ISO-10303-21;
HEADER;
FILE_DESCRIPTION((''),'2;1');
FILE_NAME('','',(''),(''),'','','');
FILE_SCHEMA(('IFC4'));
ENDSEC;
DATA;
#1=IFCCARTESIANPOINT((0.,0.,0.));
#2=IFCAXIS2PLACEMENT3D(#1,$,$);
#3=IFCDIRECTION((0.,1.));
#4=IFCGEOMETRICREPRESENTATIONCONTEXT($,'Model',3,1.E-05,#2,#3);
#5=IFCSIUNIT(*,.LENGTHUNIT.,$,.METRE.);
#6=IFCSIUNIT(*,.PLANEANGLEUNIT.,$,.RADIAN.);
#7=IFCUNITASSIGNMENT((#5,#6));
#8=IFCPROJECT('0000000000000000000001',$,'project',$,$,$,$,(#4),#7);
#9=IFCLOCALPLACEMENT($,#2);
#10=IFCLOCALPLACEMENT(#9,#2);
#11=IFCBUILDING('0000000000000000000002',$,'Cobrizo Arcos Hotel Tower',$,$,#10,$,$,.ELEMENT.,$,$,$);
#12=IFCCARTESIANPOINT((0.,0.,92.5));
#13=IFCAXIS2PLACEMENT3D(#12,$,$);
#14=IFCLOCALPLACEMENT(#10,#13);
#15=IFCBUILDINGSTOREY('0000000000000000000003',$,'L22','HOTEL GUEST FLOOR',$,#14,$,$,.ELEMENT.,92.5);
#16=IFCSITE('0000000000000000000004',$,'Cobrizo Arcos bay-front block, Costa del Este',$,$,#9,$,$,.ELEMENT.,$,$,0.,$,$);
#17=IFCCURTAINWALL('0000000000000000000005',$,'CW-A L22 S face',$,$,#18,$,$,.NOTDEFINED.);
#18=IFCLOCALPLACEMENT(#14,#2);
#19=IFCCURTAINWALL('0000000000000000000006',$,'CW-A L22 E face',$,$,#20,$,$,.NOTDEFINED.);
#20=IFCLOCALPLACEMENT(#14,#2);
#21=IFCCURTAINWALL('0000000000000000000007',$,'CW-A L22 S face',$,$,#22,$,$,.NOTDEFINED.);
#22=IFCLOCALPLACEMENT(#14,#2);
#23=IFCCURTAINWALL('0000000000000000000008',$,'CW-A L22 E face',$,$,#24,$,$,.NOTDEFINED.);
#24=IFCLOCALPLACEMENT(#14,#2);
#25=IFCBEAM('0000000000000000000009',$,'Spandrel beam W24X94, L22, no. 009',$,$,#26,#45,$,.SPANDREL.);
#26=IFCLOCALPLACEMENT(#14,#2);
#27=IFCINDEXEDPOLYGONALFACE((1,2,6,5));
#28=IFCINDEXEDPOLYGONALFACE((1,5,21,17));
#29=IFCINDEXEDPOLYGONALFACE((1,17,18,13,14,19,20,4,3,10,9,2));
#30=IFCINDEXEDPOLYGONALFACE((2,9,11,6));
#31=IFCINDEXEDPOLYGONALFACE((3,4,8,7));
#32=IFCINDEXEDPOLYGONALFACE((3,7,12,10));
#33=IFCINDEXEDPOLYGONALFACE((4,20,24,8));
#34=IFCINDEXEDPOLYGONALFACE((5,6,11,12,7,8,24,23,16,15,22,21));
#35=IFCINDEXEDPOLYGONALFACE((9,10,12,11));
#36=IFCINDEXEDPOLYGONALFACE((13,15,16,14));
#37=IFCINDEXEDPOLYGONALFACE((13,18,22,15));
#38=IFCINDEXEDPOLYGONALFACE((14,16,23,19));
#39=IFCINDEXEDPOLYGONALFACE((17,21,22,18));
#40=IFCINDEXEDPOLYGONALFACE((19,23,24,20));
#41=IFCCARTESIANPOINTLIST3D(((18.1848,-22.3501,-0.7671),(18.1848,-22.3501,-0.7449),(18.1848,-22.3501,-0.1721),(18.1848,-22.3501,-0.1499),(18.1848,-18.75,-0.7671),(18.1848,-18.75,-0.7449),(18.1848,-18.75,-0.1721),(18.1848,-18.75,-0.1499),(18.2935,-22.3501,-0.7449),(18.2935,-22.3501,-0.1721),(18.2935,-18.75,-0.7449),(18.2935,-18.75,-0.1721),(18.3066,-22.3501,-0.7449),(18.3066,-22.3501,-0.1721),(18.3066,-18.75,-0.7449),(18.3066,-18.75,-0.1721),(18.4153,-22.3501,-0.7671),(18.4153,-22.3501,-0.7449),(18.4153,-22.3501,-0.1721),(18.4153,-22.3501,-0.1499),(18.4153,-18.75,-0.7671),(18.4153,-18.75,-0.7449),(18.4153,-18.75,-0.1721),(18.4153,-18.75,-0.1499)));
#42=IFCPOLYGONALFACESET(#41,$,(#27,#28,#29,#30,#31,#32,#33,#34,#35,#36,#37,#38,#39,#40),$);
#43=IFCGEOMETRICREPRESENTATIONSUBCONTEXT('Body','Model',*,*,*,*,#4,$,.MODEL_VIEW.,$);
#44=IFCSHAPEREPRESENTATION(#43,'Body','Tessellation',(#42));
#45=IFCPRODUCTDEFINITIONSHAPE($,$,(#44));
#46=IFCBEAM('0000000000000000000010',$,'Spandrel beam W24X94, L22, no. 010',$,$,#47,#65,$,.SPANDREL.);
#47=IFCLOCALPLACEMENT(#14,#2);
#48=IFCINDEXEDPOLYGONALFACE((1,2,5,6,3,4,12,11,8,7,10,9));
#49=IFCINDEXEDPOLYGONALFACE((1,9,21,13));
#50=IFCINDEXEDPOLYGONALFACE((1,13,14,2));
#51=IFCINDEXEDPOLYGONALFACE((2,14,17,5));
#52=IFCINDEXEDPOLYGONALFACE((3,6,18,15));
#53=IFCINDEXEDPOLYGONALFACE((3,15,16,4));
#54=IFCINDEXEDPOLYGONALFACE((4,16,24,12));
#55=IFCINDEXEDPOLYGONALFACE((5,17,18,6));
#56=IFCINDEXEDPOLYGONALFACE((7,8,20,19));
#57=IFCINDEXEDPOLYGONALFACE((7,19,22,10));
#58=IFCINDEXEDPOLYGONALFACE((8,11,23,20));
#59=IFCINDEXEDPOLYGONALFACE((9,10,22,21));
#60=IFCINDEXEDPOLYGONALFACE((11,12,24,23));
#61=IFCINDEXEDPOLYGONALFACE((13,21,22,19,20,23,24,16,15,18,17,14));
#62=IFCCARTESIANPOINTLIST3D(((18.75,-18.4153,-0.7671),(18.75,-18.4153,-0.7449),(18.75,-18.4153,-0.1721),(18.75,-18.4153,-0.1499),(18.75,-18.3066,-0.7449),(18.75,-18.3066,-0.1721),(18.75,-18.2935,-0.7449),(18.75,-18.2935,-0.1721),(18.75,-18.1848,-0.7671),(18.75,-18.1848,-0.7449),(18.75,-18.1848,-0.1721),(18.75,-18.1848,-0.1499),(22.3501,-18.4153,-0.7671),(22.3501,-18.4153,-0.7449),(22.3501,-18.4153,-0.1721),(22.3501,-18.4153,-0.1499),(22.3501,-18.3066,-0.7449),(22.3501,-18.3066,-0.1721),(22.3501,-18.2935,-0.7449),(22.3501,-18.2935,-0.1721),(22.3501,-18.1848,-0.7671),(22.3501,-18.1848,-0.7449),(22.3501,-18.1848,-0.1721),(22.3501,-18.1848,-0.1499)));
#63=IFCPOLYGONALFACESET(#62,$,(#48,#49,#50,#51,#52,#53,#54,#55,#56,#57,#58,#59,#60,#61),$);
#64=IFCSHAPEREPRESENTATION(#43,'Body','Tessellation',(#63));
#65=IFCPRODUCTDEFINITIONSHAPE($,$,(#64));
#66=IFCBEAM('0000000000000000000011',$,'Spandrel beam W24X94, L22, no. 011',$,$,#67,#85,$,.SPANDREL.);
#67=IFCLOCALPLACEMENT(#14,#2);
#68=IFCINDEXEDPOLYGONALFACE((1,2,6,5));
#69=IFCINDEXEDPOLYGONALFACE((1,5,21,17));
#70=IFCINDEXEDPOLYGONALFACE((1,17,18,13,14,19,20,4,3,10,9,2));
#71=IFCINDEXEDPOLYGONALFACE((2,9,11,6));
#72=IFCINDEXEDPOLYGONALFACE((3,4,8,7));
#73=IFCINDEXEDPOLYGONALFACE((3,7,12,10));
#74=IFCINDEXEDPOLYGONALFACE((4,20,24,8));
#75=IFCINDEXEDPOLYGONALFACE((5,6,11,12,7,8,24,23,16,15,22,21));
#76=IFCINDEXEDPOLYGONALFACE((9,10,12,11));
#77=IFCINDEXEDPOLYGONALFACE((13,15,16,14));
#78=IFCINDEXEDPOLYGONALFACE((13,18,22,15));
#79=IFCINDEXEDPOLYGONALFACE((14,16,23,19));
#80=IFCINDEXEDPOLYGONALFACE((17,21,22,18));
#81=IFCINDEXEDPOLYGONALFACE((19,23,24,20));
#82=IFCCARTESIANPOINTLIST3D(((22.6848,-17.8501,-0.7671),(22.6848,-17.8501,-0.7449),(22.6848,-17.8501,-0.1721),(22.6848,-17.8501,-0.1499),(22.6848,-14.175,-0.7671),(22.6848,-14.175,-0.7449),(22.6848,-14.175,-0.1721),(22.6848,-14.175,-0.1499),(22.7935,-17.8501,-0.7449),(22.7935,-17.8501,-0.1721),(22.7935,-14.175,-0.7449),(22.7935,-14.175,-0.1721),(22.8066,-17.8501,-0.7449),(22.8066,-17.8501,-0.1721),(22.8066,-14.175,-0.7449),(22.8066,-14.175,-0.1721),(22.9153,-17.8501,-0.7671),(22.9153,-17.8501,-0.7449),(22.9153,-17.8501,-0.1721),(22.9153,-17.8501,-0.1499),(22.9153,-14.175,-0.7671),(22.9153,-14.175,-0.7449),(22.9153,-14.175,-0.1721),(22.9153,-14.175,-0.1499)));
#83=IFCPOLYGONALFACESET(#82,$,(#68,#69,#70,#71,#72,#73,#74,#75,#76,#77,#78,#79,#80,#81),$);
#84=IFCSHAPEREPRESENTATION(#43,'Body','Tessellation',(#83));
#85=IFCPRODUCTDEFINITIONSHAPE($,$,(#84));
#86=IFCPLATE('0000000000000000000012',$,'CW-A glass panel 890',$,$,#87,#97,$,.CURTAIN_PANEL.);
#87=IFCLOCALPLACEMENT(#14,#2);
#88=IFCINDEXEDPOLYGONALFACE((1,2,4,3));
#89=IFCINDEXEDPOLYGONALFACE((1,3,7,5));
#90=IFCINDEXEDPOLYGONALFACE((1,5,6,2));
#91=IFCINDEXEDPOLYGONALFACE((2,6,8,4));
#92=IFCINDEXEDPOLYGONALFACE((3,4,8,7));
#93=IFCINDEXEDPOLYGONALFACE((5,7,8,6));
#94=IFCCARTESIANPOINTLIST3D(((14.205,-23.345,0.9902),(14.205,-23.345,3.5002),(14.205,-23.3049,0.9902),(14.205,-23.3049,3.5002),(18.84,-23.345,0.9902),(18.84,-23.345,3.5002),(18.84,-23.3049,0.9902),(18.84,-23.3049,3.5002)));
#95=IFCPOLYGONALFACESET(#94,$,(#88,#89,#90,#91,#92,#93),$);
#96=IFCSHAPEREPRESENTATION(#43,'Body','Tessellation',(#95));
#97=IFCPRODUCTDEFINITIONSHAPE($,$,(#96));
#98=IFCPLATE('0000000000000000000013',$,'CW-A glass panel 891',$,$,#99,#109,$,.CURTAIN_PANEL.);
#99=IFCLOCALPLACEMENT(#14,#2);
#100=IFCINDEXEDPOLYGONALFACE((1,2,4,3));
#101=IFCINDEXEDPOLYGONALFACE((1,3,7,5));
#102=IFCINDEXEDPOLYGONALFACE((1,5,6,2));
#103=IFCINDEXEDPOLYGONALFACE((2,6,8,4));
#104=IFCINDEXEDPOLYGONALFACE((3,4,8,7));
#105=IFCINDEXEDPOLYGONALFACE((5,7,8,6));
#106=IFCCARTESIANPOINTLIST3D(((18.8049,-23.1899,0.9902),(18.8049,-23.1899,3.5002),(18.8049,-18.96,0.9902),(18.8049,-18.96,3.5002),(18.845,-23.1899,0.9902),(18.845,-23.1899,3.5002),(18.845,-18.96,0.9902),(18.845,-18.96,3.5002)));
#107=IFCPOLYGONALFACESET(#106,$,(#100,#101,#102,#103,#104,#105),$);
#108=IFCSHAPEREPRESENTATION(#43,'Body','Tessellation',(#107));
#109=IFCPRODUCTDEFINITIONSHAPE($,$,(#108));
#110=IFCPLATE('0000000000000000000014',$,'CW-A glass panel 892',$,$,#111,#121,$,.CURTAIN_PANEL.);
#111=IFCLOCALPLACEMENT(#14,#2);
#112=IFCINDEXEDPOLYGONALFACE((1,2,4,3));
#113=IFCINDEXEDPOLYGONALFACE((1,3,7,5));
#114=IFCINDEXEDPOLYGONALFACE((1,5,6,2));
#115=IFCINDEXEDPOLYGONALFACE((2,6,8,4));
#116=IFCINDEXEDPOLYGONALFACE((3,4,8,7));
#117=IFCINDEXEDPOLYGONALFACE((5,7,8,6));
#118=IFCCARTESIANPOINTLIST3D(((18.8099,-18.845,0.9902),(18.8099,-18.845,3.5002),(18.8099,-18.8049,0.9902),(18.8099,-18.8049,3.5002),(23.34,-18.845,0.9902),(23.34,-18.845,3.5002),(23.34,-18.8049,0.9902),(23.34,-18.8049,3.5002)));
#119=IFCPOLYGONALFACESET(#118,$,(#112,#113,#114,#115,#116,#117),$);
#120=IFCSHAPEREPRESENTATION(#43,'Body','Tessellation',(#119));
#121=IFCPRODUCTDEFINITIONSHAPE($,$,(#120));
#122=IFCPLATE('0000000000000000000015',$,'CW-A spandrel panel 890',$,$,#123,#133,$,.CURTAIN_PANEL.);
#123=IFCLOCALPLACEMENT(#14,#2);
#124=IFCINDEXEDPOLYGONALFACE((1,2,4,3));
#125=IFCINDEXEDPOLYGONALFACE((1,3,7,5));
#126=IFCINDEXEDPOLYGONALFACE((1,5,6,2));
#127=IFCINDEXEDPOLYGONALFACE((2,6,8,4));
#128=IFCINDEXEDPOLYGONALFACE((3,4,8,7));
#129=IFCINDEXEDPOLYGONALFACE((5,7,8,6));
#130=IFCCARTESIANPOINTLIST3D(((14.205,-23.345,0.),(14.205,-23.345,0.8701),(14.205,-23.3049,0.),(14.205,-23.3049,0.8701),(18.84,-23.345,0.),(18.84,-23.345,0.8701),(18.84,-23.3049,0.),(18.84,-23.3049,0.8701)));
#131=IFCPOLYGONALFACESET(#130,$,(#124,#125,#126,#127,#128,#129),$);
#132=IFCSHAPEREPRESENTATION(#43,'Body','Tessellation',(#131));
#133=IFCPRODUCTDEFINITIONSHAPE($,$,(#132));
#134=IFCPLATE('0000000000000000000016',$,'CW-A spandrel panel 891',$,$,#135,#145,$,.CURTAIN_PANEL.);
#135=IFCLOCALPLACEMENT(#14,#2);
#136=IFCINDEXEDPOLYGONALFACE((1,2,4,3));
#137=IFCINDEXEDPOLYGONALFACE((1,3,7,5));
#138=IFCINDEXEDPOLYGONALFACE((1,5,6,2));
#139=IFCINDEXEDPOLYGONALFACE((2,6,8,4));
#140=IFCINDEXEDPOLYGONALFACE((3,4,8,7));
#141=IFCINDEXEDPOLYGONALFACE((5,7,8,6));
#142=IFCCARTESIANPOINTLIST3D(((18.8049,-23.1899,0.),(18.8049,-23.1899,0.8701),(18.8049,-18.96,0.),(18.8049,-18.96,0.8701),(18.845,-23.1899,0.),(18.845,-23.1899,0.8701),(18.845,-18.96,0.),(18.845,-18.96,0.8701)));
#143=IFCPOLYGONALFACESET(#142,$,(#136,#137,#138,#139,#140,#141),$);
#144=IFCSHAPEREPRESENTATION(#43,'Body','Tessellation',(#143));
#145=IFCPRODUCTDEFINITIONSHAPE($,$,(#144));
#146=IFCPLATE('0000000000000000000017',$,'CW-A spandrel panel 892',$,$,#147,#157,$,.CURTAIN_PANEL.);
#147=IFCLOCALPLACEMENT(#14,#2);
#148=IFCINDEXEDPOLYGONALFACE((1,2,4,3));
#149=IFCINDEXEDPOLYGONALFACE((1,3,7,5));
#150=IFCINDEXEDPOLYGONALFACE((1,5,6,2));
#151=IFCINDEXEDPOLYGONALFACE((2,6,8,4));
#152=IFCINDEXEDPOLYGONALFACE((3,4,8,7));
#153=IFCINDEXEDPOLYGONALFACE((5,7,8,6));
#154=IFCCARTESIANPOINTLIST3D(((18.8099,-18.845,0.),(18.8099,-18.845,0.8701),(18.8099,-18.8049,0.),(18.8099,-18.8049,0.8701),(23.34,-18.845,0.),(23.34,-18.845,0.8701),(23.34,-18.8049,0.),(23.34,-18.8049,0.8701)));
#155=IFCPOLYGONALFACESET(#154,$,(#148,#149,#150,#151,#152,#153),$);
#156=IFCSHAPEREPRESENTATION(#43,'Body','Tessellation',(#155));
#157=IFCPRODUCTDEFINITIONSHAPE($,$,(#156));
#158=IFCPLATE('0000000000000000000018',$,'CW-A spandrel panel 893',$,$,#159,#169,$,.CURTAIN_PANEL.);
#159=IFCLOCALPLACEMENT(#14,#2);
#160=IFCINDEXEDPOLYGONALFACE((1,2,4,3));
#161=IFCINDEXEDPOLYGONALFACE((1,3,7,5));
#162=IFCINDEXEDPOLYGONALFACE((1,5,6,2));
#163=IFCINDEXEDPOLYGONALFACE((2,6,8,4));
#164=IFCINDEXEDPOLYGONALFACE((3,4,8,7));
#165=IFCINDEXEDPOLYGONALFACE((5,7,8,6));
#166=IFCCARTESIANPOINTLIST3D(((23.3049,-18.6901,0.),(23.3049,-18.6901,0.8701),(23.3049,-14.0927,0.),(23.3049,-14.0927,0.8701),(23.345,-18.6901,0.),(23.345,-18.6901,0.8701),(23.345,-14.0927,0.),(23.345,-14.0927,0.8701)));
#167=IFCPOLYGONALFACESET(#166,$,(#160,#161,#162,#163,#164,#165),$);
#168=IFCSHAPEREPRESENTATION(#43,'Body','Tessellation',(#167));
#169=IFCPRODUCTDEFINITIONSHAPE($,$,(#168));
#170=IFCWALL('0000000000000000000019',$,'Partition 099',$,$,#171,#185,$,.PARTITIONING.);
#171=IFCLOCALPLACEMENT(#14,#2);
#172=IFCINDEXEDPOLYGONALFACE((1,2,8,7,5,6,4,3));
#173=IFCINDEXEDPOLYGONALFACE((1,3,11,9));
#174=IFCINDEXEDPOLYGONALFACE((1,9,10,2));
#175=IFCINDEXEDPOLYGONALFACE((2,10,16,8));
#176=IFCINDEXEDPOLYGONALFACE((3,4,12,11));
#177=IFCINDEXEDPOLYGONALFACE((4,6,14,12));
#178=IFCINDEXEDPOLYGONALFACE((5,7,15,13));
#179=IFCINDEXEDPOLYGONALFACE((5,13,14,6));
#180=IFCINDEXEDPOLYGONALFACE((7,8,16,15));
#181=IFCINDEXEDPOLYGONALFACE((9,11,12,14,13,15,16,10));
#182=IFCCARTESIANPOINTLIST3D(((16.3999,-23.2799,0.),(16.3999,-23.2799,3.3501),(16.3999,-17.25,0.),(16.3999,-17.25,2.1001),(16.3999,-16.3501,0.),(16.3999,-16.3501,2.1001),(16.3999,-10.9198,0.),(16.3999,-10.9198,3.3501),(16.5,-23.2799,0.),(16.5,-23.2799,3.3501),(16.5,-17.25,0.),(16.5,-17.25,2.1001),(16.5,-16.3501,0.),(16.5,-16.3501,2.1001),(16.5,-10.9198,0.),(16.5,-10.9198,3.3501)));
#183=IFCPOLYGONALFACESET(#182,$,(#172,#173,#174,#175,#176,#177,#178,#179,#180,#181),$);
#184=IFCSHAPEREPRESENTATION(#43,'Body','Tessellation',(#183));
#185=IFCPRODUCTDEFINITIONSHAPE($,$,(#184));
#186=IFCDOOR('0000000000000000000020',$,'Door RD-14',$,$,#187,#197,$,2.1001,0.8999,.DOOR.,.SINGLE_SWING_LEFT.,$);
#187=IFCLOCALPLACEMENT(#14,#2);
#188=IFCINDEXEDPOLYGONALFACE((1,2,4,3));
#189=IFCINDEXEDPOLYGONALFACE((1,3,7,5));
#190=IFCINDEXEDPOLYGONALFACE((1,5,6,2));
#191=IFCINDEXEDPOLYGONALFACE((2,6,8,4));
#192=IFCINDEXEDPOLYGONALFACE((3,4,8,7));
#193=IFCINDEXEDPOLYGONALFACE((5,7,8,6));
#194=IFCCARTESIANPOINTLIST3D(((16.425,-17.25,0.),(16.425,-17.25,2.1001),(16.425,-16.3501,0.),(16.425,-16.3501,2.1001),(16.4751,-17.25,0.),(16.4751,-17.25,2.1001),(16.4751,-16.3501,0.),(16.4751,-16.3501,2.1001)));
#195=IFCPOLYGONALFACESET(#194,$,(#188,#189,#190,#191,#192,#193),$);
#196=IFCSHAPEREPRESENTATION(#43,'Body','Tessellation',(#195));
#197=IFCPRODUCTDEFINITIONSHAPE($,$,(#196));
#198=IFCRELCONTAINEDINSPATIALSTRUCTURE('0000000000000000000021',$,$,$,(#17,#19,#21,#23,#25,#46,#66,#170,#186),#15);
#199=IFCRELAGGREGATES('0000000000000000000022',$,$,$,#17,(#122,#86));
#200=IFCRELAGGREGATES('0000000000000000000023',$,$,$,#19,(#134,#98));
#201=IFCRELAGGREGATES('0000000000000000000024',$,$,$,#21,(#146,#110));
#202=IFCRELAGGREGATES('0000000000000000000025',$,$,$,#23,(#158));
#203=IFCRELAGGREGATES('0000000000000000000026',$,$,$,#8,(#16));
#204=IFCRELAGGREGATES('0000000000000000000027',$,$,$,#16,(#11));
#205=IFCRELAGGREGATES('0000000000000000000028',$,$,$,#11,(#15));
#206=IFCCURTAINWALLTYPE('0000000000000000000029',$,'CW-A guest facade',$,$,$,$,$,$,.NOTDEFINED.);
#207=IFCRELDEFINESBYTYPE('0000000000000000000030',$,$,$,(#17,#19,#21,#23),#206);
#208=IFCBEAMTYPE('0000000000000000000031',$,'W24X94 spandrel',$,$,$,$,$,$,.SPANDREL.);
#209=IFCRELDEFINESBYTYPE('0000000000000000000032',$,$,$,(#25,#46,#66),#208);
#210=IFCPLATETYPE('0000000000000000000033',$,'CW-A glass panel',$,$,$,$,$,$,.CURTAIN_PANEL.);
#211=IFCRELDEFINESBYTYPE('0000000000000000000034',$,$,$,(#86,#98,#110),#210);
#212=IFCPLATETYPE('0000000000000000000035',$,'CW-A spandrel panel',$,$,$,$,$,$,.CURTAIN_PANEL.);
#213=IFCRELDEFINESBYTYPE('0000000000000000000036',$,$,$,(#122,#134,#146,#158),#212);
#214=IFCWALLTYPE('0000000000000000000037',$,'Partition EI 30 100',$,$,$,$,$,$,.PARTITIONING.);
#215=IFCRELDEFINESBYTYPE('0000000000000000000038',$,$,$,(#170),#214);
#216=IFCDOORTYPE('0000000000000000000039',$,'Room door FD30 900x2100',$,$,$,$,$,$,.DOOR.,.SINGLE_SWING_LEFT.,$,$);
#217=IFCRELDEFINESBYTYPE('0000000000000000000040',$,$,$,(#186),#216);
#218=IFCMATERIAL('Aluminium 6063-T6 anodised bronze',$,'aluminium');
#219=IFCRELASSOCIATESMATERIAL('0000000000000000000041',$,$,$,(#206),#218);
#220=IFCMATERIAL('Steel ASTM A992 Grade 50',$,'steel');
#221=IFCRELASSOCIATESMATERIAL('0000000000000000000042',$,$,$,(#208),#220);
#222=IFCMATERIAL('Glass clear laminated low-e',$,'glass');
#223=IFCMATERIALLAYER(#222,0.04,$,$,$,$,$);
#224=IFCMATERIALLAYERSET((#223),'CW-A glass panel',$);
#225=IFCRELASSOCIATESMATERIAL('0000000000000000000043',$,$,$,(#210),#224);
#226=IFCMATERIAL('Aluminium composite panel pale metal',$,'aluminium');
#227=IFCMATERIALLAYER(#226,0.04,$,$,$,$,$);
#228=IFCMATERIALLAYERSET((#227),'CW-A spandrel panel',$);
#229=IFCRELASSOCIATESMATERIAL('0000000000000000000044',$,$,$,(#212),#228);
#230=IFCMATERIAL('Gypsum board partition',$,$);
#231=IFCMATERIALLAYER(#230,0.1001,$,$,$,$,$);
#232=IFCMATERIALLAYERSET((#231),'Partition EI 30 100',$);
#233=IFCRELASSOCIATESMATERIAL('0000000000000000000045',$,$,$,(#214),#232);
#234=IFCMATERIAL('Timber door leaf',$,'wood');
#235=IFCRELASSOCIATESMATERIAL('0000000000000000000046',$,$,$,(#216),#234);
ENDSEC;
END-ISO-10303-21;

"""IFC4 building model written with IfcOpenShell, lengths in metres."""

from ifc_helpers import new_model, si_unit, direction, frame, frame_2d, origin, origin_2d, place, context, subcontext, project, spatial, rectangle, i_section, extrude, material, layer, layer_set, material_profile, profile_set, type_object, element, fill, aggregate, save


model = new_model("IFC4")

# Units and contexts
model_context = context("Model", 3, precision=1e-05, world=origin(), true_north=direction((0.0, 1.0)))
body_context = subcontext(model_context, "Body", "Model", "MODEL_VIEW")
ifc_project = project(units=[si_unit("LENGTHUNIT", "METRE"), si_unit("PLANEANGLEUNIT", "RADIAN")], contexts=[model_context])

# Site, building, storey
site_placement = place(None, origin())
site = spatial("IfcSite", under=ifc_project, at=site_placement, Name="Cobrizo Arcos bay-front block, Costa del Este", CompositionType="ELEMENT", RefElevation=0.0)
building_placement = place(site_placement, origin())
building = spatial("IfcBuilding", under=site, at=building_placement, Name="Cobrizo Arcos Hotel Tower", CompositionType="ELEMENT")
storey_placement = place(building_placement, frame((0.0, 0.0, 92.5)))
storey = spatial("IfcBuildingStorey", under=building, at=storey_placement, Name="L22", Description="HOTEL GUEST FLOOR", CompositionType="ELEMENT", Elevation=92.5)

# Curtain wall
ifc_material_1 = material(Name="Aluminium 6063-T6 anodised bronze", Category="aluminium")
curtain_wall_type = type_object("IfcCurtainWallType", Name="CW-A guest facade", PredefinedType="NOTDEFINED", material=ifc_material_1)
curtain_wall_1_placement = place(storey_placement, origin())
curtain_wall_1 = element("IfcCurtainWall", 1, at=curtain_wall_1_placement, inside=storey, type_object=curtain_wall_type, Name="CW-A L22 S face", PredefinedType="NOTDEFINED")

# Curtain walls
curtain_wall_2_placement = place(storey_placement, origin())
curtain_wall_2 = element("IfcCurtainWall", 2, at=curtain_wall_2_placement, inside=storey, type_object=curtain_wall_type, Name="CW-A L22 E face", PredefinedType="NOTDEFINED")
curtain_wall_3_placement = place(storey_placement, origin())
curtain_wall_3 = element("IfcCurtainWall", 3, at=curtain_wall_3_placement, inside=storey, type_object=curtain_wall_type, Name="CW-A L22 S face", PredefinedType="NOTDEFINED")

# Curtain wall
curtain_wall_4_placement = place(storey_placement, origin())
curtain_wall_4 = element("IfcCurtainWall", 4, at=curtain_wall_4_placement, inside=storey, type_object=curtain_wall_type, Name="CW-A L22 E face", PredefinedType="NOTDEFINED")

# Beams
ifc_material_2 = material(Name="Steel ASTM A992 Grade 50", Category="steel")
ifc_material_profile_1 = material_profile(ifc_material_2, i_section(OverallWidth=0.2305, OverallDepth=0.6172, WebThickness=0.0132, FlangeThickness=0.0222, at=origin_2d()), Name="W24X94")
ifc_profile_set_1 = profile_set([ifc_material_profile_1], Name="Steel ASTM A992 Grade 50")
beam_type_1 = type_object("IfcBeamType", Name="W24X94 spandrel", PredefinedType="SPANDREL", material=ifc_profile_set_1)
for number, where, z_axis, x_axis, name in (
    (5, (18.3, -22.3501, -0.4585), (0.0, 1.0, 0.0), (-1.0, 0.0, 0.0), "Spandrel beam W24X94, L22, no. 009"),
    (6, (18.75, -18.3, -0.4585), (1.0, 0.0, 0.0), (0.0, 1.0, 0.0), "Spandrel beam W24X94, L22, no. 010"),
):
    element("IfcBeam", number, at=place(storey_placement, frame(where, z_axis=z_axis, x_axis=x_axis)), inside=storey, type_object=beam_type_1, Name=name, PredefinedType="SPANDREL", context=body_context, shape_type="SweptSolid", body=[
        extrude(i_section(OverallWidth=0.2305, OverallDepth=0.6172, WebThickness=0.0132, FlangeThickness=0.0222, at=origin_2d()), origin(), (0.0, 0.0, 1.0), 3.6001),
    ])
beam_1_placement = place(storey_placement, frame((22.8, -17.8501, -0.4585), z_axis=(0.0, 1.0, 0.0), x_axis=(-1.0, 0.0, 0.0)))
element("IfcBeam", 7, at=beam_1_placement, inside=storey, type_object=beam_type_1, Name="Spandrel beam W24X94, L22, no. 011", PredefinedType="SPANDREL", context=body_context, shape_type="SweptSolid", body=[
    extrude(i_section(OverallWidth=0.2305, OverallDepth=0.6172, WebThickness=0.0132, FlangeThickness=0.0222, at=origin_2d()), origin(), (0.0, 0.0, 1.0), 3.675),
])

# Plates
ifc_material_3 = material(Name="Glass clear laminated low-e", Category="glass")
ifc_layer_1 = layer(ifc_material_3, 0.04)
ifc_layer_set_1 = layer_set([ifc_layer_1], Name="CW-A glass panel")
plate_type_1 = type_object("IfcPlateType", Name="CW-A glass panel", PredefinedType="CURTAIN_PANEL", material=ifc_layer_set_1)
plate_1_placement = place(storey_placement, frame((16.5225, -23.325, 0.9902), z_axis=(0.0, 0.0, 1.0), x_axis=(1.0, 0.0, 0.0)))
plate_1 = element("IfcPlate", 8, at=plate_1_placement, type_object=plate_type_1, Name="CW-A glass panel 890", PredefinedType="CURTAIN_PANEL", context=body_context, shape_type="SweptSolid", body=[
    extrude(rectangle(XDim=4.635, YDim=0.04, at=origin_2d()), origin(), (0.0, 0.0, 1.0), 2.51),
])
plate_2_placement = place(storey_placement, frame((18.825, -21.075, 0.9902), z_axis=(0.0, 0.0, 1.0), x_axis=(0.0, 1.0, 0.0)))
plate_2 = element("IfcPlate", 9, at=plate_2_placement, type_object=plate_type_1, Name="CW-A glass panel 891", PredefinedType="CURTAIN_PANEL", context=body_context, shape_type="SweptSolid", body=[
    extrude(rectangle(XDim=4.23, YDim=0.04, at=origin_2d()), origin(), (0.0, 0.0, 1.0), 2.51),
])
plate_3_placement = place(storey_placement, frame((21.075, -18.825, 0.9902), z_axis=(0.0, 0.0, 1.0), x_axis=(1.0, 0.0, 0.0)))
plate_3 = element("IfcPlate", 10, at=plate_3_placement, type_object=plate_type_1, Name="CW-A glass panel 892", PredefinedType="CURTAIN_PANEL", context=body_context, shape_type="SweptSolid", body=[
    extrude(rectangle(XDim=4.53, YDim=0.04, at=origin_2d()), origin(), (0.0, 0.0, 1.0), 2.51),
])
ifc_material_4 = material(Name="Aluminium composite panel pale metal", Category="aluminium")
ifc_layer_2 = layer(ifc_material_4, 0.04)
ifc_layer_set_2 = layer_set([ifc_layer_2], Name="CW-A spandrel panel")
plate_type_2 = type_object("IfcPlateType", Name="CW-A spandrel panel", PredefinedType="CURTAIN_PANEL", material=ifc_layer_set_2)
plate_4_placement = place(storey_placement, frame((16.5225, -23.325, 0.0), z_axis=(0.0, 0.0, 1.0), x_axis=(1.0, 0.0, 0.0)))
plate_4 = element("IfcPlate", 11, at=plate_4_placement, type_object=plate_type_2, Name="CW-A spandrel panel 890", PredefinedType="CURTAIN_PANEL", context=body_context, shape_type="SweptSolid", body=[
    extrude(rectangle(XDim=4.635, YDim=0.04, at=origin_2d()), origin(), (0.0, 0.0, 1.0), 0.8701),
])
aggregate(curtain_wall_1, [plate_4, plate_1])
plate_5_placement = place(storey_placement, frame((18.825, -21.075, 0.0), z_axis=(0.0, 0.0, 1.0), x_axis=(0.0, 1.0, 0.0)))
plate_5 = element("IfcPlate", 12, at=plate_5_placement, type_object=plate_type_2, Name="CW-A spandrel panel 891", PredefinedType="CURTAIN_PANEL", context=body_context, shape_type="SweptSolid", body=[
    extrude(rectangle(XDim=4.23, YDim=0.04, at=origin_2d()), origin(), (0.0, 0.0, 1.0), 0.8701),
])
aggregate(curtain_wall_2, [plate_5, plate_2])
plate_6_placement = place(storey_placement, frame((21.075, -18.825, 0.0), z_axis=(0.0, 0.0, 1.0), x_axis=(1.0, 0.0, 0.0)))
plate_6 = element("IfcPlate", 13, at=plate_6_placement, type_object=plate_type_2, Name="CW-A spandrel panel 892", PredefinedType="CURTAIN_PANEL", context=body_context, shape_type="SweptSolid", body=[
    extrude(rectangle(XDim=4.53, YDim=0.04, at=origin_2d()), origin(), (0.0, 0.0, 1.0), 0.8701),
])
aggregate(curtain_wall_3, [plate_6, plate_3])
plate_7_placement = place(storey_placement, frame((23.325, -16.3914, 0.0), z_axis=(0.0, 0.0, 1.0), x_axis=(0.0, 1.0, 0.0)))
plate_7 = element("IfcPlate", 14, at=plate_7_placement, type_object=plate_type_2, Name="CW-A spandrel panel 893", PredefinedType="CURTAIN_PANEL", context=body_context, shape_type="SweptSolid", body=[
    extrude(rectangle(XDim=4.5974, YDim=0.04, at=origin_2d()), origin(), (0.0, 0.0, 1.0), 0.8701),
])
aggregate(curtain_wall_4, [plate_7])

# Wall, opening, door
ifc_material_5 = material(Name="Gypsum board partition")
ifc_layer_3 = layer(ifc_material_5, 0.1001)
ifc_layer_set_3 = layer_set([ifc_layer_3], Name="Partition EI 30 100")
wall_type = type_object("IfcWallType", Name="Partition EI 30 100", PredefinedType="PARTITIONING", material=ifc_layer_set_3)
wall_placement = place(storey_placement, frame((16.45, -23.28, 0.0), z_axis=(0.0, 0.0, 1.0), x_axis=(0.0, 1.0, 0.0)))
wall = element("IfcWall", 15, at=wall_placement, inside=storey, type_object=wall_type, Name="Partition 099", PredefinedType="PARTITIONING", context=body_context, shape_type="SweptSolid", body=[
    extrude(rectangle(XDim=12.3601, YDim=0.1001, at=frame_2d((6.1802, 0.0))), origin(), (0.0, 0.0, 1.0), 3.3501),
])
opening_placement = place(wall_placement, frame((6.03, 0.0, 0.0)))
opening = element("IfcOpeningElement", 16, at=opening_placement, cuts=wall, PredefinedType="OPENING", context=body_context, shape_type="SweptSolid", body=[
    extrude(rectangle(XDim=0.8999, YDim=2.1001, at=frame_2d((0.45, 1.05))), frame((0.0, 0.062, 0.0), z_axis=(0.0, -1.0, 0.0), x_axis=(1.0, 0.0, 0.0)), (0.0, 0.0, 1.0), 0.124),
])
ifc_material_6 = material(Name="Timber door leaf", Category="wood")
door_type = type_object("IfcDoorType", Name="Room door FD30 900x2100", OperationType="SINGLE_SWING_LEFT", PredefinedType="DOOR", material=ifc_material_6)
door_placement = place(opening_placement, origin())
door = element("IfcDoor", 17, at=door_placement, inside=storey, type_object=door_type, Name="Door RD-14", OperationType="SINGLE_SWING_LEFT", OverallHeight=2.1001, OverallWidth=0.8999, PredefinedType="DOOR", context=body_context, shape_type="SweptSolid", body=[
    extrude(rectangle(XDim=0.8999, YDim=2.1001, at=frame_2d((0.45, 1.05))), frame((0.0, 0.0249, 0.0), z_axis=(0.0, -1.0, 0.0), x_axis=(1.0, 0.0, 0.0)), (0.0, 0.0, 1.0), 0.05),
])
fill(opening, door)

save(model, "model.ifc")
